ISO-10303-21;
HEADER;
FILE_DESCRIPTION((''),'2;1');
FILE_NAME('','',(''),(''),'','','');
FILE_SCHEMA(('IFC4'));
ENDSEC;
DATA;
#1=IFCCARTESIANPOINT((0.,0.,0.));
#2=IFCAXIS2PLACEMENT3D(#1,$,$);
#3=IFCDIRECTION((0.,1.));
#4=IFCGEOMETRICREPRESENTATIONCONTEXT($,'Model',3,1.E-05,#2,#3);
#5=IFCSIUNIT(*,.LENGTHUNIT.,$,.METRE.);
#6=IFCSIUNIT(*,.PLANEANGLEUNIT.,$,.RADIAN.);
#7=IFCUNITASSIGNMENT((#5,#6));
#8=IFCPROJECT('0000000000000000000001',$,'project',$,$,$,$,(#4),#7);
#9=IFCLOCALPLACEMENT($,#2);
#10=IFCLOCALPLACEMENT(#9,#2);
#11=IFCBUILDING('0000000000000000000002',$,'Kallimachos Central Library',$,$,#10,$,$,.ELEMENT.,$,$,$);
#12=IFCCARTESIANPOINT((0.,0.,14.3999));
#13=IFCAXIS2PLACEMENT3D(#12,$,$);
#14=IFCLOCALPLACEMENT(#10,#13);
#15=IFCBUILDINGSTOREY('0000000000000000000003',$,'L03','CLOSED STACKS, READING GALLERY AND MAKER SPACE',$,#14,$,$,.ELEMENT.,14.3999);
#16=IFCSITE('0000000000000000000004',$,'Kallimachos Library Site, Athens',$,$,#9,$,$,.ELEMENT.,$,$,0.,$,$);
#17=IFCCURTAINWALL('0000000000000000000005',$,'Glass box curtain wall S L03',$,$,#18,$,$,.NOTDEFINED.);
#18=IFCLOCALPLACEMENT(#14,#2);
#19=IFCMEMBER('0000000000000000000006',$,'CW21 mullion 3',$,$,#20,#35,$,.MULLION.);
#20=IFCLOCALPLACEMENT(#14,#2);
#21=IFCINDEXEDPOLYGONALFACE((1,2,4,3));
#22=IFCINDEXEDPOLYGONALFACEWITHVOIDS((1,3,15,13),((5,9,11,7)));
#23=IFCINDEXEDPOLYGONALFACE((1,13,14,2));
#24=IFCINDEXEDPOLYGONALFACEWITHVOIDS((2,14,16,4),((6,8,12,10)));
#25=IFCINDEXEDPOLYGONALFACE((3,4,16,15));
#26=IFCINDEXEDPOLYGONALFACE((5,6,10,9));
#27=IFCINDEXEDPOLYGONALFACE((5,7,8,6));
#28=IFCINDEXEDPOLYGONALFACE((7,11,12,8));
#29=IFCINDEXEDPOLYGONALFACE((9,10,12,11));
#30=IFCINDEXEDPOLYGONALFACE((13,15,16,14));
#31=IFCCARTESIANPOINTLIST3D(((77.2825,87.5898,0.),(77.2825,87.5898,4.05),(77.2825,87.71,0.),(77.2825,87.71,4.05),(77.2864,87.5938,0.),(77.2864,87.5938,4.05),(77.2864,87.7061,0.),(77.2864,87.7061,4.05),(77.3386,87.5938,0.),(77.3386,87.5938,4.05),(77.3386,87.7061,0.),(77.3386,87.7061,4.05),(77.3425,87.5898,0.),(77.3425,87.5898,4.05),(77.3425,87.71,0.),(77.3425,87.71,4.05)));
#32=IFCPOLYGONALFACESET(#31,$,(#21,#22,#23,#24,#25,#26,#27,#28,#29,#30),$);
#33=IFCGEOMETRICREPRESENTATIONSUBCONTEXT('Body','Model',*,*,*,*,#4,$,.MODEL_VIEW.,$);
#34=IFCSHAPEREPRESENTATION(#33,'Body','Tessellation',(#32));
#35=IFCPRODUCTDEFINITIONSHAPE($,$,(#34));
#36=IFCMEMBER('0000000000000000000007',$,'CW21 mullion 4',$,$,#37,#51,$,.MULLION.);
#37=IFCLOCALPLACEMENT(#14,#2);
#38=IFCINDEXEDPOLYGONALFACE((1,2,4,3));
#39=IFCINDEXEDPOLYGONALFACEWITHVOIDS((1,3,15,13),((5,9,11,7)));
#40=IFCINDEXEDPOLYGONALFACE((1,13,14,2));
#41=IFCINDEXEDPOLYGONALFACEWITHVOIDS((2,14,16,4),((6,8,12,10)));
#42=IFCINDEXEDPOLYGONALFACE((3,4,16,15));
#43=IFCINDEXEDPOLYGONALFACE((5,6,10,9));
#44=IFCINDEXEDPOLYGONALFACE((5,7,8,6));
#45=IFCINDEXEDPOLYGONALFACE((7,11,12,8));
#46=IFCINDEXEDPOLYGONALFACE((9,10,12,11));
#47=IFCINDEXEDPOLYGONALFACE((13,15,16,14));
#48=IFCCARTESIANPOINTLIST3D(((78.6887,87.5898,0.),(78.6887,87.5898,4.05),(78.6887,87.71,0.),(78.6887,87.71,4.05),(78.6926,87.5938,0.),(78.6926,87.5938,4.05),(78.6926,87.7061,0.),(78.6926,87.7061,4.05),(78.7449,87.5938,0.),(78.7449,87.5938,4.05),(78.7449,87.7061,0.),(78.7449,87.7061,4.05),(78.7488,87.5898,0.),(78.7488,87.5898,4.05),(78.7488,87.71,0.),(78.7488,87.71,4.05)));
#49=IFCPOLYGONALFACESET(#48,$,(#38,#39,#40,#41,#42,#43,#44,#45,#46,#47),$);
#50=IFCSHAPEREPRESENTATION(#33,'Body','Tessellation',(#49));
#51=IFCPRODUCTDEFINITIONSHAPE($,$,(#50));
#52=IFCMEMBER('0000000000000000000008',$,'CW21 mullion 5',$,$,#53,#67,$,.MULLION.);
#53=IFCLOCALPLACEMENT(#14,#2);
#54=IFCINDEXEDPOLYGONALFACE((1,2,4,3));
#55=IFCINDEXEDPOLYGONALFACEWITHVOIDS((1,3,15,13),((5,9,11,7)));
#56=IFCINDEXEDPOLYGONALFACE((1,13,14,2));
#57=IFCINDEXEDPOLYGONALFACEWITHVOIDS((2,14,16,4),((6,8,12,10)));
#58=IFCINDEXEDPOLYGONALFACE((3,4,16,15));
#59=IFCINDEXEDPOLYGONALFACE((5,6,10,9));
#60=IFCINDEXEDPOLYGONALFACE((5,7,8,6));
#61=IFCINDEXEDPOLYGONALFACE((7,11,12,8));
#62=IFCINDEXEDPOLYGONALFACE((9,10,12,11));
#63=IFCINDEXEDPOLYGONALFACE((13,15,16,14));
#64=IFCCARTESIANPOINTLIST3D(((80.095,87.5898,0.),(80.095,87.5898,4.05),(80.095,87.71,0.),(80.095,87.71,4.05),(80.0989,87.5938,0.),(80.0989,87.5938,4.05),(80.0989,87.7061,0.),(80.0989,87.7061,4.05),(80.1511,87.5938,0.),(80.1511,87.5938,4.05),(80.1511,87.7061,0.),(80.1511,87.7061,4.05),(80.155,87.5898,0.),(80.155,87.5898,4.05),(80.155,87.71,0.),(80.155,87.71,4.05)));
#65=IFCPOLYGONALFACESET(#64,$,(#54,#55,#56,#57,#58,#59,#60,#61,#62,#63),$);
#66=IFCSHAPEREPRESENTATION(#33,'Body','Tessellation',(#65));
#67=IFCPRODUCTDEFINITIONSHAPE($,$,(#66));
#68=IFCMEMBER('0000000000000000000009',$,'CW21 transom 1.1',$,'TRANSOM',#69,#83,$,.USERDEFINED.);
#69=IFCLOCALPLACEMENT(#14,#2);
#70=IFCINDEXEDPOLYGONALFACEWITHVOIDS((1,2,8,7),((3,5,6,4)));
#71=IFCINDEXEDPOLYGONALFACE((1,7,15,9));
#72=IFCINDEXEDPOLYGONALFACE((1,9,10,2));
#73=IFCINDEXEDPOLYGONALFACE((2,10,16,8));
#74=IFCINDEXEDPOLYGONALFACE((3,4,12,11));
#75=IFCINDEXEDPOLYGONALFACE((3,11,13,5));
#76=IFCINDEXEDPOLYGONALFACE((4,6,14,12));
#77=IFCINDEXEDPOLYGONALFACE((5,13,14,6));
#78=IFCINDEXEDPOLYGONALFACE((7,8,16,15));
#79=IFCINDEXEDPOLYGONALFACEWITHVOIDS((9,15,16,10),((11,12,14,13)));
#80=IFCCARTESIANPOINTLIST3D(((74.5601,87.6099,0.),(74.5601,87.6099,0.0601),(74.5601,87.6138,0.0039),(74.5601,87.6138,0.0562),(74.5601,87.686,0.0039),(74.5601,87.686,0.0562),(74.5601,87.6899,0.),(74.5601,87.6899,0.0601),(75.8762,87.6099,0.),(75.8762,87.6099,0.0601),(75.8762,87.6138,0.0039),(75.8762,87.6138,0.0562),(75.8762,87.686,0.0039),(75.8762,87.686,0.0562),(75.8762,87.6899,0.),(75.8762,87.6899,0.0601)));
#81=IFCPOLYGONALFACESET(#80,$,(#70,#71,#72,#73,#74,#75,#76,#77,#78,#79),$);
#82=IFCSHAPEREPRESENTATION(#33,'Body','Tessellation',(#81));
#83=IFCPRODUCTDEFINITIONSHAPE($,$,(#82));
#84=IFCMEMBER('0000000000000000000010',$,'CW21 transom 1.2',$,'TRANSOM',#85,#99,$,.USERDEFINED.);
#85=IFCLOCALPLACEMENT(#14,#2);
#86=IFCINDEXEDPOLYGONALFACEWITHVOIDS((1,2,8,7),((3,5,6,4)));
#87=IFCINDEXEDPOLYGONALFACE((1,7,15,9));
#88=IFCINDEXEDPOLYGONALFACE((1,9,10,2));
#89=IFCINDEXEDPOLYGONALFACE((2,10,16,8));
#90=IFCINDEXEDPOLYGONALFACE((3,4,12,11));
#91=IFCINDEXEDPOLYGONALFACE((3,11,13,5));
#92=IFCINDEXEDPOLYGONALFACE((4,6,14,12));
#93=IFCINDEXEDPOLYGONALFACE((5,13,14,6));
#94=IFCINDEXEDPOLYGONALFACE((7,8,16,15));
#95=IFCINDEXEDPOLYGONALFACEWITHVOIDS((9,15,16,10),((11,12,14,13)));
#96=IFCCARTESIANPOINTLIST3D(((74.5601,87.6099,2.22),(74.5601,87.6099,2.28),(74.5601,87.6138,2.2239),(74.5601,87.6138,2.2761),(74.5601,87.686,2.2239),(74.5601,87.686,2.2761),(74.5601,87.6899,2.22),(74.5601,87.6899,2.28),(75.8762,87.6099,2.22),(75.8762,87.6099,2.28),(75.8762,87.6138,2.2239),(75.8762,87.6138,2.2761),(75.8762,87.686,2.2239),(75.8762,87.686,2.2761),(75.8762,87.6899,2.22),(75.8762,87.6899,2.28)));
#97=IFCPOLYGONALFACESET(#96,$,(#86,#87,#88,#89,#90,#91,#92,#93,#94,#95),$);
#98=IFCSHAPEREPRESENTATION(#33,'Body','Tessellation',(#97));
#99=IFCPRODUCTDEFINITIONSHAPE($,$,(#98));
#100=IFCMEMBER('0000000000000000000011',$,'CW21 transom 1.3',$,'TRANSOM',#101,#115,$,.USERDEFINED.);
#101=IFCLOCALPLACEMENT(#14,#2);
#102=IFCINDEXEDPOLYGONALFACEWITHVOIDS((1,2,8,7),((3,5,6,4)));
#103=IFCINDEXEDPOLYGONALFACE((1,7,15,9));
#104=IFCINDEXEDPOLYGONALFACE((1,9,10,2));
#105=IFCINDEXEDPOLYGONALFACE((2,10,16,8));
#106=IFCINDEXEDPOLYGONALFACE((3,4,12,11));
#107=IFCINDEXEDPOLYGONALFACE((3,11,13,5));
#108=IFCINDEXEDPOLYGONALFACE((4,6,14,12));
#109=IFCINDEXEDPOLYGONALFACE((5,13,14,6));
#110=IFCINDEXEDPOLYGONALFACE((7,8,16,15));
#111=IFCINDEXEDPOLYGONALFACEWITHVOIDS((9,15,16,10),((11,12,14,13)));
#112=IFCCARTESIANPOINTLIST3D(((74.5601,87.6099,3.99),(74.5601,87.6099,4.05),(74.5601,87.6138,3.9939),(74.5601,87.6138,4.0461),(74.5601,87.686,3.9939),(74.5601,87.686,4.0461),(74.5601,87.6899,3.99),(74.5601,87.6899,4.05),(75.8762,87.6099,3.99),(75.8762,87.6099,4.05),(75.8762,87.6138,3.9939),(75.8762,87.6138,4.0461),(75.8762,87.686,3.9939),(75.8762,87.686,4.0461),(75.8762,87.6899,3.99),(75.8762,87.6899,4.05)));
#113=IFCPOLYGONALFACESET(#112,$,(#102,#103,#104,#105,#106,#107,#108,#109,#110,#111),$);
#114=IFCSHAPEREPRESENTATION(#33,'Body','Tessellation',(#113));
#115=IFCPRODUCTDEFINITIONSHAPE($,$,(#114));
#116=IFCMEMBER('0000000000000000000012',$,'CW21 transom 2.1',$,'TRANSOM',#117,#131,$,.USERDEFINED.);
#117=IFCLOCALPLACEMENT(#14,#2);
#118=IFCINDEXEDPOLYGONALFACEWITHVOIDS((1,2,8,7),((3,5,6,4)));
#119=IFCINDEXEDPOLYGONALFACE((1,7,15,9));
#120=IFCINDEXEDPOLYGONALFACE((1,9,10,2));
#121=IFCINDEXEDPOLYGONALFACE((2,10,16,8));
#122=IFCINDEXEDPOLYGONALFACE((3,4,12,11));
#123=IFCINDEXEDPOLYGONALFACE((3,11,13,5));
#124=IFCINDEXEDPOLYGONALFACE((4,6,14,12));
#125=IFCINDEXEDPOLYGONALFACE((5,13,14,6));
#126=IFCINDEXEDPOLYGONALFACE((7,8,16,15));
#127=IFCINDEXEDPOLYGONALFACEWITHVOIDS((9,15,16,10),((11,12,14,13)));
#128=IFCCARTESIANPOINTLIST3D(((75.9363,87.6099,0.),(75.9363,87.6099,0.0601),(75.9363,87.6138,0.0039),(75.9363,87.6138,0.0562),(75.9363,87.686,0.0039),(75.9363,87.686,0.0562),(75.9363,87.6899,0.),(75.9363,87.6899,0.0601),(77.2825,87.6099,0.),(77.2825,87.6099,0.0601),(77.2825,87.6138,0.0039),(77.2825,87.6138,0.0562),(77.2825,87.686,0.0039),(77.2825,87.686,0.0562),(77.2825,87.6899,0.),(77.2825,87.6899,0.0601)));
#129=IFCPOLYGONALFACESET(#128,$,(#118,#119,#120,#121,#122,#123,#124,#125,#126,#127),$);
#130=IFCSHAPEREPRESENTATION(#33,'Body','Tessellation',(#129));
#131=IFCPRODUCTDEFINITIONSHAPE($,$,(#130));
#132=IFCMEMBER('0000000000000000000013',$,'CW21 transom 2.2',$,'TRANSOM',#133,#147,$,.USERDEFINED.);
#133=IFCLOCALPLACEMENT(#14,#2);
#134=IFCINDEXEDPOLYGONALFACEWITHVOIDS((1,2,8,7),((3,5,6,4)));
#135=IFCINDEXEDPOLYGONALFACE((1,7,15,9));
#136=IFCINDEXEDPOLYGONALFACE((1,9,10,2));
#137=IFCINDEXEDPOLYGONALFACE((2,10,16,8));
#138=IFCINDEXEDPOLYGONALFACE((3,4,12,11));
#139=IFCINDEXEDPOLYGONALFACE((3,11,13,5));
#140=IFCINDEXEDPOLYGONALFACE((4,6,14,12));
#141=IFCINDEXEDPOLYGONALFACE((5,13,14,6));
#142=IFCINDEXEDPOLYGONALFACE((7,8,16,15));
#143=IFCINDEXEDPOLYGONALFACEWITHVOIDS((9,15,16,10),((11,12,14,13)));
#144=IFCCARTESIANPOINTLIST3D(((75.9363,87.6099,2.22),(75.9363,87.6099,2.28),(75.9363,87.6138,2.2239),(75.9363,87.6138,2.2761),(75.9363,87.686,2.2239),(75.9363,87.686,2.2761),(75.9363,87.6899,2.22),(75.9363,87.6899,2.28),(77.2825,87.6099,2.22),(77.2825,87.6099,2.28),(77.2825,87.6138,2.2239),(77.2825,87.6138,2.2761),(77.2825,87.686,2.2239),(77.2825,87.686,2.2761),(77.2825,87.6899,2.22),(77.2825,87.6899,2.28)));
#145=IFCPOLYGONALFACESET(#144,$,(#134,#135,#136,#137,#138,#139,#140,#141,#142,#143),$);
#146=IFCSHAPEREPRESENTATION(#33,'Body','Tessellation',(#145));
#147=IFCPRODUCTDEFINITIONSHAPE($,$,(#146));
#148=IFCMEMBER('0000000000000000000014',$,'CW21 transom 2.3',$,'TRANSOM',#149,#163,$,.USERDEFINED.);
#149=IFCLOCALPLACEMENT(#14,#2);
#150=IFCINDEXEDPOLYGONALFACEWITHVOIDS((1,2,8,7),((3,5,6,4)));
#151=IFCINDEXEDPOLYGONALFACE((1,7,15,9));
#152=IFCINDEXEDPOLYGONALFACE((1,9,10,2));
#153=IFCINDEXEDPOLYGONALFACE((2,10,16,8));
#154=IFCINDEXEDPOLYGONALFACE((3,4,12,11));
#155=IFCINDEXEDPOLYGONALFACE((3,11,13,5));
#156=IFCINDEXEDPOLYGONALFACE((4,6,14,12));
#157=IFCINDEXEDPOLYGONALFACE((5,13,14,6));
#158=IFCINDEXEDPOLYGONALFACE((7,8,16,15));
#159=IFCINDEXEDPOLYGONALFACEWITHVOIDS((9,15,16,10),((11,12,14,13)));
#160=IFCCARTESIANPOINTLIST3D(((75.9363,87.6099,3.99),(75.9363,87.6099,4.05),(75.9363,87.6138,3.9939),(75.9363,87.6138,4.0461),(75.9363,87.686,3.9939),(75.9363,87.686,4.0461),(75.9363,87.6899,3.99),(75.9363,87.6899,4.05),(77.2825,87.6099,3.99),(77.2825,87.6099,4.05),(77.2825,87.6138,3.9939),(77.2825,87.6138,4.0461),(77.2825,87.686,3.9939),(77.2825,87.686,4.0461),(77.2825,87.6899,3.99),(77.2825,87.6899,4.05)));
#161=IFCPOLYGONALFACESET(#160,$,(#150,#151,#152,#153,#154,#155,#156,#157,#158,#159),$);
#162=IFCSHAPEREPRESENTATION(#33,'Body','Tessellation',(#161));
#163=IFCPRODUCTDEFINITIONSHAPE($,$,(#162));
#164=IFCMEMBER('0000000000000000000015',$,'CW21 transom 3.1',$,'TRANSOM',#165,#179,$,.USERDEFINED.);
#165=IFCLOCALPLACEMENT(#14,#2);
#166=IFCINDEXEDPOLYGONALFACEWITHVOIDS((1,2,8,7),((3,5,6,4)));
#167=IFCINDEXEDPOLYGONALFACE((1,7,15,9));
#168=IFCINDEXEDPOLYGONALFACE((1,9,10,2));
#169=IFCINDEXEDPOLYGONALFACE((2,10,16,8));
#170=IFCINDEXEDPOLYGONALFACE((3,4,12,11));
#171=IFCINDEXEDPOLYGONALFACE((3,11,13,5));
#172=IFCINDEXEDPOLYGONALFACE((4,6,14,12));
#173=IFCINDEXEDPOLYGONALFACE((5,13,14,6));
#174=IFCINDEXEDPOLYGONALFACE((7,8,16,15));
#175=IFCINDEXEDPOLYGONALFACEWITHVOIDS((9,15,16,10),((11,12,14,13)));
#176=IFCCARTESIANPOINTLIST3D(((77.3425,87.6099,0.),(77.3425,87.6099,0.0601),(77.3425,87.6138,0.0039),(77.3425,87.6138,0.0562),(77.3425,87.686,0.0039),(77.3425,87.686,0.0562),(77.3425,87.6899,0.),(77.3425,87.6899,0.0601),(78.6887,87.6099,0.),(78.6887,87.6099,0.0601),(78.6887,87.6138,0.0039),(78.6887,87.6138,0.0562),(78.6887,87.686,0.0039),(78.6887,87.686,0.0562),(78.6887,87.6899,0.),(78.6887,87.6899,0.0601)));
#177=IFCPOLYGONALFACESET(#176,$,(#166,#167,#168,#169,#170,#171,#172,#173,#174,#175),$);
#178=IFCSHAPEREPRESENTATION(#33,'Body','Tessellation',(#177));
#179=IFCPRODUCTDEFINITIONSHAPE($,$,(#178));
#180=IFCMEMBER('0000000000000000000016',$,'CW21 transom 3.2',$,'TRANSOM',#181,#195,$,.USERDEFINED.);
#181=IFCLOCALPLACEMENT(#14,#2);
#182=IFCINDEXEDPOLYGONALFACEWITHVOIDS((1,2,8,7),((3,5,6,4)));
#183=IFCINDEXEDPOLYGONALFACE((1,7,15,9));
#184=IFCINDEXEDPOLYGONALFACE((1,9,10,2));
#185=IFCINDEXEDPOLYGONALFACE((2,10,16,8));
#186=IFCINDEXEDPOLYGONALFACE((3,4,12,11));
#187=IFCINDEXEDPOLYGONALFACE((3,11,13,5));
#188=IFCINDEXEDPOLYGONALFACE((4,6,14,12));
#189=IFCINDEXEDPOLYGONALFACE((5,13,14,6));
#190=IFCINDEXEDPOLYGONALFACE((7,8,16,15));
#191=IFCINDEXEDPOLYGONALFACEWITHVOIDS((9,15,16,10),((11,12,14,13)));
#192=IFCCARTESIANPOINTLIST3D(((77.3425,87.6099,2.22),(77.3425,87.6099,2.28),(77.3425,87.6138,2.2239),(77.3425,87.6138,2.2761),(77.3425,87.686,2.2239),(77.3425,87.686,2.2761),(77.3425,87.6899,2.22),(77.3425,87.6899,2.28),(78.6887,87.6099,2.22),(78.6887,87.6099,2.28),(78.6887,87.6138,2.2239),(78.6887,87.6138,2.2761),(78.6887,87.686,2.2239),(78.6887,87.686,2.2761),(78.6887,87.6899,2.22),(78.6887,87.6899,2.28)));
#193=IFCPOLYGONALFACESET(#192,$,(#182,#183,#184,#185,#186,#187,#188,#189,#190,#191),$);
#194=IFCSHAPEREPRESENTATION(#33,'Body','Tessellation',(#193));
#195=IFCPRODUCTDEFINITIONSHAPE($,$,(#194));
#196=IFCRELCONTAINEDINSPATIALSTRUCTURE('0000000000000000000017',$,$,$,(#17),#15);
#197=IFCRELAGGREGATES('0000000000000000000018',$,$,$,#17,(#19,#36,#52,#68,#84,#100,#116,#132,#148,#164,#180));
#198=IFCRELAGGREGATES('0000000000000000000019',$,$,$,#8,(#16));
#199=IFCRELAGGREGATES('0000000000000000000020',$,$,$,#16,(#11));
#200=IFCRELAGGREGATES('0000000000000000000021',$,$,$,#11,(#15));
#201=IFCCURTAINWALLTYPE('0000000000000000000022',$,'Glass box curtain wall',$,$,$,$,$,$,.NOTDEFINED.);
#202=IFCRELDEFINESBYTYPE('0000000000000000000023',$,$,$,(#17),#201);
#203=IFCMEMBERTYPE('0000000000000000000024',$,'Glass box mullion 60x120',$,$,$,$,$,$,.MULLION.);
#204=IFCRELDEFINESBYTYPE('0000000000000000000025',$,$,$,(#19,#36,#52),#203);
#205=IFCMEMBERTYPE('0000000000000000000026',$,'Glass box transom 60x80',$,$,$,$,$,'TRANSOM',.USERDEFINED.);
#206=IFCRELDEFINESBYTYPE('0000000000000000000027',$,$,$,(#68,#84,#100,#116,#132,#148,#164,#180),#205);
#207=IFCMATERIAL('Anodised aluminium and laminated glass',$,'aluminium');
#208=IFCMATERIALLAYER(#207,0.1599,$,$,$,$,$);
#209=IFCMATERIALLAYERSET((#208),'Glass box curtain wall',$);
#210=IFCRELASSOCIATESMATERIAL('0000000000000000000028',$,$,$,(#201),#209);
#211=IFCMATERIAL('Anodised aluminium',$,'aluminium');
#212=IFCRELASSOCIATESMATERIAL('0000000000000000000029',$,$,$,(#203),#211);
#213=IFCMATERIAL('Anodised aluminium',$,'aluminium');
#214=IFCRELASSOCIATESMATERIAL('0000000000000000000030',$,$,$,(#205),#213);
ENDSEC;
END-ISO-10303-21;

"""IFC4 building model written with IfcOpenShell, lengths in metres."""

from ifc_helpers import new_model, si_unit, direction, frame, origin, origin_2d, place, context, subcontext, project, spatial, hollow_rectangle, extrude, material, layer, layer_set, material_profile, profile_set, type_object, element, aggregate, save


model = new_model("IFC4")

# Units and contexts
model_context = context("Model", 3, precision=1e-05, world=origin(), true_north=direction((0.0, 1.0)))
body_context = subcontext(model_context, "Body", "Model", "MODEL_VIEW")
ifc_project = project(units=[si_unit("LENGTHUNIT", "METRE"), si_unit("PLANEANGLEUNIT", "RADIAN")], contexts=[model_context])

# Site, building, storey
site_placement = place(None, origin())
site = spatial("IfcSite", under=ifc_project, at=site_placement, Name="Kallimachos Library Site, Athens", CompositionType="ELEMENT", RefElevation=0.0)
building_placement = place(site_placement, origin())
building = spatial("IfcBuilding", under=site, at=building_placement, Name="Kallimachos Central Library", CompositionType="ELEMENT")
storey_placement = place(building_placement, frame((0.0, 0.0, 14.3999)))
storey = spatial("IfcBuildingStorey", under=building, at=storey_placement, Name="L03", Description="CLOSED STACKS, READING GALLERY AND MAKER SPACE", CompositionType="ELEMENT", Elevation=14.3999)

# Curtain wall, members
ifc_material_1 = material(Name="Anodised aluminium and laminated glass", Category="aluminium")
ifc_layer_1 = layer(ifc_material_1, 0.1599)
ifc_layer_set_1 = layer_set([ifc_layer_1], Name="Glass box curtain wall")
curtain_wall_type = type_object("IfcCurtainWallType", Name="Glass box curtain wall", PredefinedType="NOTDEFINED", material=ifc_layer_set_1)
curtain_wall_placement = place(storey_placement, origin())
curtain_wall = element("IfcCurtainWall", 1, at=curtain_wall_placement, inside=storey, type_object=curtain_wall_type, Name="Glass box curtain wall S L03", PredefinedType="NOTDEFINED")
ifc_material_2 = material(Name="Anodised aluminium", Category="aluminium")
ifc_material_profile_1 = material_profile(ifc_material_2, hollow_rectangle(XDim=0.0601, YDim=0.1201, WallThickness=0.0039, at=origin_2d()), Name="ALU MULLION 60x120")
ifc_profile_set_1 = profile_set([ifc_material_profile_1], Name="Anodised aluminium")
member_type_1 = type_object("IfcMemberType", Name="Glass box mullion 60x120", PredefinedType="MULLION", material=ifc_profile_set_1)
member_1_placement = place(storey_placement, frame((77.3125, 87.6499, 0.0), z_axis=(0.0, 0.0, 1.0), x_axis=(1.0, 0.0, 0.0)))
member_1 = element("IfcMember", 2, at=member_1_placement, type_object=member_type_1, Name="CW21 mullion 3", PredefinedType="MULLION", context=body_context, shape_type="SweptSolid", body=[
    extrude(hollow_rectangle(XDim=0.0601, YDim=0.1201, WallThickness=0.0039, at=origin_2d()), origin(), (0.0, 0.0, 1.0), 4.05),
])
member_2_placement = place(storey_placement, frame((78.7188, 87.6499, 0.0), z_axis=(0.0, 0.0, 1.0), x_axis=(1.0, 0.0, 0.0)))
member_2 = element("IfcMember", 3, at=member_2_placement, type_object=member_type_1, Name="CW21 mullion 4", PredefinedType="MULLION", context=body_context, shape_type="SweptSolid", body=[
    extrude(hollow_rectangle(XDim=0.0601, YDim=0.1201, WallThickness=0.0039, at=origin_2d()), origin(), (0.0, 0.0, 1.0), 4.05),
])
member_3_placement = place(storey_placement, frame((80.125, 87.6499, 0.0), z_axis=(0.0, 0.0, 1.0), x_axis=(1.0, 0.0, 0.0)))
member_3 = element("IfcMember", 4, at=member_3_placement, type_object=member_type_1, Name="CW21 mullion 5", PredefinedType="MULLION", context=body_context, shape_type="SweptSolid", body=[
    extrude(hollow_rectangle(XDim=0.0601, YDim=0.1201, WallThickness=0.0039, at=origin_2d()), origin(), (0.0, 0.0, 1.0), 4.05),
])
ifc_material_3 = material(Name="Anodised aluminium", Category="aluminium")
ifc_material_profile_2 = material_profile(ifc_material_3, hollow_rectangle(XDim=0.0601, YDim=0.0801, WallThickness=0.0039, at=origin_2d()), Name="ALU TRANSOM 60x80")
ifc_profile_set_2 = profile_set([ifc_material_profile_2], Name="Anodised aluminium")
member_type_2 = type_object("IfcMemberType", Name="Glass box transom 60x80", ElementType="TRANSOM", PredefinedType="USERDEFINED", material=ifc_profile_set_2)
member_4_placement = place(storey_placement, frame((74.5601, 87.6499, 0.03), z_axis=(1.0, 0.0, 0.0), x_axis=(0.0, 0.0, 1.0)))
member_4 = element("IfcMember", 5, at=member_4_placement, type_object=member_type_2, Name="CW21 transom 1.1", ObjectType="TRANSOM", PredefinedType="USERDEFINED", context=body_context, shape_type="SweptSolid", body=[
    extrude(hollow_rectangle(XDim=0.0601, YDim=0.0801, WallThickness=0.0039, at=origin_2d()), origin(), (0.0, 0.0, 1.0), 1.3162),
])
member_5_placement = place(storey_placement, frame((74.5601, 87.6499, 2.25), z_axis=(1.0, 0.0, 0.0), x_axis=(0.0, 0.0, 1.0)))
member_5 = element("IfcMember", 6, at=member_5_placement, type_object=member_type_2, Name="CW21 transom 1.2", ObjectType="TRANSOM", PredefinedType="USERDEFINED", context=body_context, shape_type="SweptSolid", body=[
    extrude(hollow_rectangle(XDim=0.0601, YDim=0.0801, WallThickness=0.0039, at=origin_2d()), origin(), (0.0, 0.0, 1.0), 1.3162),
])
member_6_placement = place(storey_placement, frame((74.5601, 87.6499, 4.02), z_axis=(1.0, 0.0, 0.0), x_axis=(0.0, 0.0, 1.0)))
member_6 = element("IfcMember", 7, at=member_6_placement, type_object=member_type_2, Name="CW21 transom 1.3", ObjectType="TRANSOM", PredefinedType="USERDEFINED", context=body_context, shape_type="SweptSolid", body=[
    extrude(hollow_rectangle(XDim=0.0601, YDim=0.0801, WallThickness=0.0039, at=origin_2d()), origin(), (0.0, 0.0, 1.0), 1.3162),
])
member_7_placement = place(storey_placement, frame((75.9363, 87.6499, 0.03), z_axis=(1.0, 0.0, 0.0), x_axis=(0.0, 0.0, 1.0)))
member_7 = element("IfcMember", 8, at=member_7_placement, type_object=member_type_2, Name="CW21 transom 2.1", ObjectType="TRANSOM", PredefinedType="USERDEFINED", context=body_context, shape_type="SweptSolid", body=[
    extrude(hollow_rectangle(XDim=0.0601, YDim=0.0801, WallThickness=0.0039, at=origin_2d()), origin(), (0.0, 0.0, 1.0), 1.3462),
])
member_8_placement = place(storey_placement, frame((75.9363, 87.6499, 2.25), z_axis=(1.0, 0.0, 0.0), x_axis=(0.0, 0.0, 1.0)))
member_8 = element("IfcMember", 9, at=member_8_placement, type_object=member_type_2, Name="CW21 transom 2.2", ObjectType="TRANSOM", PredefinedType="USERDEFINED", context=body_context, shape_type="SweptSolid", body=[
    extrude(hollow_rectangle(XDim=0.0601, YDim=0.0801, WallThickness=0.0039, at=origin_2d()), origin(), (0.0, 0.0, 1.0), 1.3462),
])
member_9_placement = place(storey_placement, frame((75.9363, 87.6499, 4.02), z_axis=(1.0, 0.0, 0.0), x_axis=(0.0, 0.0, 1.0)))
member_9 = element("IfcMember", 10, at=member_9_placement, type_object=member_type_2, Name="CW21 transom 2.3", ObjectType="TRANSOM", PredefinedType="USERDEFINED", context=body_context, shape_type="SweptSolid", body=[
    extrude(hollow_rectangle(XDim=0.0601, YDim=0.0801, WallThickness=0.0039, at=origin_2d()), origin(), (0.0, 0.0, 1.0), 1.3462),
])
member_10_placement = place(storey_placement, frame((77.3425, 87.6499, 0.03), z_axis=(1.0, 0.0, 0.0), x_axis=(0.0, 0.0, 1.0)))
member_10 = element("IfcMember", 11, at=member_10_placement, type_object=member_type_2, Name="CW21 transom 3.1", ObjectType="TRANSOM", PredefinedType="USERDEFINED", context=body_context, shape_type="SweptSolid", body=[
    extrude(hollow_rectangle(XDim=0.0601, YDim=0.0801, WallThickness=0.0039, at=origin_2d()), origin(), (0.0, 0.0, 1.0), 1.3462),
])
member_11_placement = place(storey_placement, frame((77.3425, 87.6499, 2.25), z_axis=(1.0, 0.0, 0.0), x_axis=(0.0, 0.0, 1.0)))
member_11 = element("IfcMember", 12, at=member_11_placement, type_object=member_type_2, Name="CW21 transom 3.2", ObjectType="TRANSOM", PredefinedType="USERDEFINED", context=body_context, shape_type="SweptSolid", body=[
    extrude(hollow_rectangle(XDim=0.0601, YDim=0.0801, WallThickness=0.0039, at=origin_2d()), origin(), (0.0, 0.0, 1.0), 1.3462),
])

aggregate(curtain_wall, [member_1, member_2, member_3, member_4, member_5, member_6, member_7, member_8, member_9, member_10, member_11])

save(model, "model.ifc")
